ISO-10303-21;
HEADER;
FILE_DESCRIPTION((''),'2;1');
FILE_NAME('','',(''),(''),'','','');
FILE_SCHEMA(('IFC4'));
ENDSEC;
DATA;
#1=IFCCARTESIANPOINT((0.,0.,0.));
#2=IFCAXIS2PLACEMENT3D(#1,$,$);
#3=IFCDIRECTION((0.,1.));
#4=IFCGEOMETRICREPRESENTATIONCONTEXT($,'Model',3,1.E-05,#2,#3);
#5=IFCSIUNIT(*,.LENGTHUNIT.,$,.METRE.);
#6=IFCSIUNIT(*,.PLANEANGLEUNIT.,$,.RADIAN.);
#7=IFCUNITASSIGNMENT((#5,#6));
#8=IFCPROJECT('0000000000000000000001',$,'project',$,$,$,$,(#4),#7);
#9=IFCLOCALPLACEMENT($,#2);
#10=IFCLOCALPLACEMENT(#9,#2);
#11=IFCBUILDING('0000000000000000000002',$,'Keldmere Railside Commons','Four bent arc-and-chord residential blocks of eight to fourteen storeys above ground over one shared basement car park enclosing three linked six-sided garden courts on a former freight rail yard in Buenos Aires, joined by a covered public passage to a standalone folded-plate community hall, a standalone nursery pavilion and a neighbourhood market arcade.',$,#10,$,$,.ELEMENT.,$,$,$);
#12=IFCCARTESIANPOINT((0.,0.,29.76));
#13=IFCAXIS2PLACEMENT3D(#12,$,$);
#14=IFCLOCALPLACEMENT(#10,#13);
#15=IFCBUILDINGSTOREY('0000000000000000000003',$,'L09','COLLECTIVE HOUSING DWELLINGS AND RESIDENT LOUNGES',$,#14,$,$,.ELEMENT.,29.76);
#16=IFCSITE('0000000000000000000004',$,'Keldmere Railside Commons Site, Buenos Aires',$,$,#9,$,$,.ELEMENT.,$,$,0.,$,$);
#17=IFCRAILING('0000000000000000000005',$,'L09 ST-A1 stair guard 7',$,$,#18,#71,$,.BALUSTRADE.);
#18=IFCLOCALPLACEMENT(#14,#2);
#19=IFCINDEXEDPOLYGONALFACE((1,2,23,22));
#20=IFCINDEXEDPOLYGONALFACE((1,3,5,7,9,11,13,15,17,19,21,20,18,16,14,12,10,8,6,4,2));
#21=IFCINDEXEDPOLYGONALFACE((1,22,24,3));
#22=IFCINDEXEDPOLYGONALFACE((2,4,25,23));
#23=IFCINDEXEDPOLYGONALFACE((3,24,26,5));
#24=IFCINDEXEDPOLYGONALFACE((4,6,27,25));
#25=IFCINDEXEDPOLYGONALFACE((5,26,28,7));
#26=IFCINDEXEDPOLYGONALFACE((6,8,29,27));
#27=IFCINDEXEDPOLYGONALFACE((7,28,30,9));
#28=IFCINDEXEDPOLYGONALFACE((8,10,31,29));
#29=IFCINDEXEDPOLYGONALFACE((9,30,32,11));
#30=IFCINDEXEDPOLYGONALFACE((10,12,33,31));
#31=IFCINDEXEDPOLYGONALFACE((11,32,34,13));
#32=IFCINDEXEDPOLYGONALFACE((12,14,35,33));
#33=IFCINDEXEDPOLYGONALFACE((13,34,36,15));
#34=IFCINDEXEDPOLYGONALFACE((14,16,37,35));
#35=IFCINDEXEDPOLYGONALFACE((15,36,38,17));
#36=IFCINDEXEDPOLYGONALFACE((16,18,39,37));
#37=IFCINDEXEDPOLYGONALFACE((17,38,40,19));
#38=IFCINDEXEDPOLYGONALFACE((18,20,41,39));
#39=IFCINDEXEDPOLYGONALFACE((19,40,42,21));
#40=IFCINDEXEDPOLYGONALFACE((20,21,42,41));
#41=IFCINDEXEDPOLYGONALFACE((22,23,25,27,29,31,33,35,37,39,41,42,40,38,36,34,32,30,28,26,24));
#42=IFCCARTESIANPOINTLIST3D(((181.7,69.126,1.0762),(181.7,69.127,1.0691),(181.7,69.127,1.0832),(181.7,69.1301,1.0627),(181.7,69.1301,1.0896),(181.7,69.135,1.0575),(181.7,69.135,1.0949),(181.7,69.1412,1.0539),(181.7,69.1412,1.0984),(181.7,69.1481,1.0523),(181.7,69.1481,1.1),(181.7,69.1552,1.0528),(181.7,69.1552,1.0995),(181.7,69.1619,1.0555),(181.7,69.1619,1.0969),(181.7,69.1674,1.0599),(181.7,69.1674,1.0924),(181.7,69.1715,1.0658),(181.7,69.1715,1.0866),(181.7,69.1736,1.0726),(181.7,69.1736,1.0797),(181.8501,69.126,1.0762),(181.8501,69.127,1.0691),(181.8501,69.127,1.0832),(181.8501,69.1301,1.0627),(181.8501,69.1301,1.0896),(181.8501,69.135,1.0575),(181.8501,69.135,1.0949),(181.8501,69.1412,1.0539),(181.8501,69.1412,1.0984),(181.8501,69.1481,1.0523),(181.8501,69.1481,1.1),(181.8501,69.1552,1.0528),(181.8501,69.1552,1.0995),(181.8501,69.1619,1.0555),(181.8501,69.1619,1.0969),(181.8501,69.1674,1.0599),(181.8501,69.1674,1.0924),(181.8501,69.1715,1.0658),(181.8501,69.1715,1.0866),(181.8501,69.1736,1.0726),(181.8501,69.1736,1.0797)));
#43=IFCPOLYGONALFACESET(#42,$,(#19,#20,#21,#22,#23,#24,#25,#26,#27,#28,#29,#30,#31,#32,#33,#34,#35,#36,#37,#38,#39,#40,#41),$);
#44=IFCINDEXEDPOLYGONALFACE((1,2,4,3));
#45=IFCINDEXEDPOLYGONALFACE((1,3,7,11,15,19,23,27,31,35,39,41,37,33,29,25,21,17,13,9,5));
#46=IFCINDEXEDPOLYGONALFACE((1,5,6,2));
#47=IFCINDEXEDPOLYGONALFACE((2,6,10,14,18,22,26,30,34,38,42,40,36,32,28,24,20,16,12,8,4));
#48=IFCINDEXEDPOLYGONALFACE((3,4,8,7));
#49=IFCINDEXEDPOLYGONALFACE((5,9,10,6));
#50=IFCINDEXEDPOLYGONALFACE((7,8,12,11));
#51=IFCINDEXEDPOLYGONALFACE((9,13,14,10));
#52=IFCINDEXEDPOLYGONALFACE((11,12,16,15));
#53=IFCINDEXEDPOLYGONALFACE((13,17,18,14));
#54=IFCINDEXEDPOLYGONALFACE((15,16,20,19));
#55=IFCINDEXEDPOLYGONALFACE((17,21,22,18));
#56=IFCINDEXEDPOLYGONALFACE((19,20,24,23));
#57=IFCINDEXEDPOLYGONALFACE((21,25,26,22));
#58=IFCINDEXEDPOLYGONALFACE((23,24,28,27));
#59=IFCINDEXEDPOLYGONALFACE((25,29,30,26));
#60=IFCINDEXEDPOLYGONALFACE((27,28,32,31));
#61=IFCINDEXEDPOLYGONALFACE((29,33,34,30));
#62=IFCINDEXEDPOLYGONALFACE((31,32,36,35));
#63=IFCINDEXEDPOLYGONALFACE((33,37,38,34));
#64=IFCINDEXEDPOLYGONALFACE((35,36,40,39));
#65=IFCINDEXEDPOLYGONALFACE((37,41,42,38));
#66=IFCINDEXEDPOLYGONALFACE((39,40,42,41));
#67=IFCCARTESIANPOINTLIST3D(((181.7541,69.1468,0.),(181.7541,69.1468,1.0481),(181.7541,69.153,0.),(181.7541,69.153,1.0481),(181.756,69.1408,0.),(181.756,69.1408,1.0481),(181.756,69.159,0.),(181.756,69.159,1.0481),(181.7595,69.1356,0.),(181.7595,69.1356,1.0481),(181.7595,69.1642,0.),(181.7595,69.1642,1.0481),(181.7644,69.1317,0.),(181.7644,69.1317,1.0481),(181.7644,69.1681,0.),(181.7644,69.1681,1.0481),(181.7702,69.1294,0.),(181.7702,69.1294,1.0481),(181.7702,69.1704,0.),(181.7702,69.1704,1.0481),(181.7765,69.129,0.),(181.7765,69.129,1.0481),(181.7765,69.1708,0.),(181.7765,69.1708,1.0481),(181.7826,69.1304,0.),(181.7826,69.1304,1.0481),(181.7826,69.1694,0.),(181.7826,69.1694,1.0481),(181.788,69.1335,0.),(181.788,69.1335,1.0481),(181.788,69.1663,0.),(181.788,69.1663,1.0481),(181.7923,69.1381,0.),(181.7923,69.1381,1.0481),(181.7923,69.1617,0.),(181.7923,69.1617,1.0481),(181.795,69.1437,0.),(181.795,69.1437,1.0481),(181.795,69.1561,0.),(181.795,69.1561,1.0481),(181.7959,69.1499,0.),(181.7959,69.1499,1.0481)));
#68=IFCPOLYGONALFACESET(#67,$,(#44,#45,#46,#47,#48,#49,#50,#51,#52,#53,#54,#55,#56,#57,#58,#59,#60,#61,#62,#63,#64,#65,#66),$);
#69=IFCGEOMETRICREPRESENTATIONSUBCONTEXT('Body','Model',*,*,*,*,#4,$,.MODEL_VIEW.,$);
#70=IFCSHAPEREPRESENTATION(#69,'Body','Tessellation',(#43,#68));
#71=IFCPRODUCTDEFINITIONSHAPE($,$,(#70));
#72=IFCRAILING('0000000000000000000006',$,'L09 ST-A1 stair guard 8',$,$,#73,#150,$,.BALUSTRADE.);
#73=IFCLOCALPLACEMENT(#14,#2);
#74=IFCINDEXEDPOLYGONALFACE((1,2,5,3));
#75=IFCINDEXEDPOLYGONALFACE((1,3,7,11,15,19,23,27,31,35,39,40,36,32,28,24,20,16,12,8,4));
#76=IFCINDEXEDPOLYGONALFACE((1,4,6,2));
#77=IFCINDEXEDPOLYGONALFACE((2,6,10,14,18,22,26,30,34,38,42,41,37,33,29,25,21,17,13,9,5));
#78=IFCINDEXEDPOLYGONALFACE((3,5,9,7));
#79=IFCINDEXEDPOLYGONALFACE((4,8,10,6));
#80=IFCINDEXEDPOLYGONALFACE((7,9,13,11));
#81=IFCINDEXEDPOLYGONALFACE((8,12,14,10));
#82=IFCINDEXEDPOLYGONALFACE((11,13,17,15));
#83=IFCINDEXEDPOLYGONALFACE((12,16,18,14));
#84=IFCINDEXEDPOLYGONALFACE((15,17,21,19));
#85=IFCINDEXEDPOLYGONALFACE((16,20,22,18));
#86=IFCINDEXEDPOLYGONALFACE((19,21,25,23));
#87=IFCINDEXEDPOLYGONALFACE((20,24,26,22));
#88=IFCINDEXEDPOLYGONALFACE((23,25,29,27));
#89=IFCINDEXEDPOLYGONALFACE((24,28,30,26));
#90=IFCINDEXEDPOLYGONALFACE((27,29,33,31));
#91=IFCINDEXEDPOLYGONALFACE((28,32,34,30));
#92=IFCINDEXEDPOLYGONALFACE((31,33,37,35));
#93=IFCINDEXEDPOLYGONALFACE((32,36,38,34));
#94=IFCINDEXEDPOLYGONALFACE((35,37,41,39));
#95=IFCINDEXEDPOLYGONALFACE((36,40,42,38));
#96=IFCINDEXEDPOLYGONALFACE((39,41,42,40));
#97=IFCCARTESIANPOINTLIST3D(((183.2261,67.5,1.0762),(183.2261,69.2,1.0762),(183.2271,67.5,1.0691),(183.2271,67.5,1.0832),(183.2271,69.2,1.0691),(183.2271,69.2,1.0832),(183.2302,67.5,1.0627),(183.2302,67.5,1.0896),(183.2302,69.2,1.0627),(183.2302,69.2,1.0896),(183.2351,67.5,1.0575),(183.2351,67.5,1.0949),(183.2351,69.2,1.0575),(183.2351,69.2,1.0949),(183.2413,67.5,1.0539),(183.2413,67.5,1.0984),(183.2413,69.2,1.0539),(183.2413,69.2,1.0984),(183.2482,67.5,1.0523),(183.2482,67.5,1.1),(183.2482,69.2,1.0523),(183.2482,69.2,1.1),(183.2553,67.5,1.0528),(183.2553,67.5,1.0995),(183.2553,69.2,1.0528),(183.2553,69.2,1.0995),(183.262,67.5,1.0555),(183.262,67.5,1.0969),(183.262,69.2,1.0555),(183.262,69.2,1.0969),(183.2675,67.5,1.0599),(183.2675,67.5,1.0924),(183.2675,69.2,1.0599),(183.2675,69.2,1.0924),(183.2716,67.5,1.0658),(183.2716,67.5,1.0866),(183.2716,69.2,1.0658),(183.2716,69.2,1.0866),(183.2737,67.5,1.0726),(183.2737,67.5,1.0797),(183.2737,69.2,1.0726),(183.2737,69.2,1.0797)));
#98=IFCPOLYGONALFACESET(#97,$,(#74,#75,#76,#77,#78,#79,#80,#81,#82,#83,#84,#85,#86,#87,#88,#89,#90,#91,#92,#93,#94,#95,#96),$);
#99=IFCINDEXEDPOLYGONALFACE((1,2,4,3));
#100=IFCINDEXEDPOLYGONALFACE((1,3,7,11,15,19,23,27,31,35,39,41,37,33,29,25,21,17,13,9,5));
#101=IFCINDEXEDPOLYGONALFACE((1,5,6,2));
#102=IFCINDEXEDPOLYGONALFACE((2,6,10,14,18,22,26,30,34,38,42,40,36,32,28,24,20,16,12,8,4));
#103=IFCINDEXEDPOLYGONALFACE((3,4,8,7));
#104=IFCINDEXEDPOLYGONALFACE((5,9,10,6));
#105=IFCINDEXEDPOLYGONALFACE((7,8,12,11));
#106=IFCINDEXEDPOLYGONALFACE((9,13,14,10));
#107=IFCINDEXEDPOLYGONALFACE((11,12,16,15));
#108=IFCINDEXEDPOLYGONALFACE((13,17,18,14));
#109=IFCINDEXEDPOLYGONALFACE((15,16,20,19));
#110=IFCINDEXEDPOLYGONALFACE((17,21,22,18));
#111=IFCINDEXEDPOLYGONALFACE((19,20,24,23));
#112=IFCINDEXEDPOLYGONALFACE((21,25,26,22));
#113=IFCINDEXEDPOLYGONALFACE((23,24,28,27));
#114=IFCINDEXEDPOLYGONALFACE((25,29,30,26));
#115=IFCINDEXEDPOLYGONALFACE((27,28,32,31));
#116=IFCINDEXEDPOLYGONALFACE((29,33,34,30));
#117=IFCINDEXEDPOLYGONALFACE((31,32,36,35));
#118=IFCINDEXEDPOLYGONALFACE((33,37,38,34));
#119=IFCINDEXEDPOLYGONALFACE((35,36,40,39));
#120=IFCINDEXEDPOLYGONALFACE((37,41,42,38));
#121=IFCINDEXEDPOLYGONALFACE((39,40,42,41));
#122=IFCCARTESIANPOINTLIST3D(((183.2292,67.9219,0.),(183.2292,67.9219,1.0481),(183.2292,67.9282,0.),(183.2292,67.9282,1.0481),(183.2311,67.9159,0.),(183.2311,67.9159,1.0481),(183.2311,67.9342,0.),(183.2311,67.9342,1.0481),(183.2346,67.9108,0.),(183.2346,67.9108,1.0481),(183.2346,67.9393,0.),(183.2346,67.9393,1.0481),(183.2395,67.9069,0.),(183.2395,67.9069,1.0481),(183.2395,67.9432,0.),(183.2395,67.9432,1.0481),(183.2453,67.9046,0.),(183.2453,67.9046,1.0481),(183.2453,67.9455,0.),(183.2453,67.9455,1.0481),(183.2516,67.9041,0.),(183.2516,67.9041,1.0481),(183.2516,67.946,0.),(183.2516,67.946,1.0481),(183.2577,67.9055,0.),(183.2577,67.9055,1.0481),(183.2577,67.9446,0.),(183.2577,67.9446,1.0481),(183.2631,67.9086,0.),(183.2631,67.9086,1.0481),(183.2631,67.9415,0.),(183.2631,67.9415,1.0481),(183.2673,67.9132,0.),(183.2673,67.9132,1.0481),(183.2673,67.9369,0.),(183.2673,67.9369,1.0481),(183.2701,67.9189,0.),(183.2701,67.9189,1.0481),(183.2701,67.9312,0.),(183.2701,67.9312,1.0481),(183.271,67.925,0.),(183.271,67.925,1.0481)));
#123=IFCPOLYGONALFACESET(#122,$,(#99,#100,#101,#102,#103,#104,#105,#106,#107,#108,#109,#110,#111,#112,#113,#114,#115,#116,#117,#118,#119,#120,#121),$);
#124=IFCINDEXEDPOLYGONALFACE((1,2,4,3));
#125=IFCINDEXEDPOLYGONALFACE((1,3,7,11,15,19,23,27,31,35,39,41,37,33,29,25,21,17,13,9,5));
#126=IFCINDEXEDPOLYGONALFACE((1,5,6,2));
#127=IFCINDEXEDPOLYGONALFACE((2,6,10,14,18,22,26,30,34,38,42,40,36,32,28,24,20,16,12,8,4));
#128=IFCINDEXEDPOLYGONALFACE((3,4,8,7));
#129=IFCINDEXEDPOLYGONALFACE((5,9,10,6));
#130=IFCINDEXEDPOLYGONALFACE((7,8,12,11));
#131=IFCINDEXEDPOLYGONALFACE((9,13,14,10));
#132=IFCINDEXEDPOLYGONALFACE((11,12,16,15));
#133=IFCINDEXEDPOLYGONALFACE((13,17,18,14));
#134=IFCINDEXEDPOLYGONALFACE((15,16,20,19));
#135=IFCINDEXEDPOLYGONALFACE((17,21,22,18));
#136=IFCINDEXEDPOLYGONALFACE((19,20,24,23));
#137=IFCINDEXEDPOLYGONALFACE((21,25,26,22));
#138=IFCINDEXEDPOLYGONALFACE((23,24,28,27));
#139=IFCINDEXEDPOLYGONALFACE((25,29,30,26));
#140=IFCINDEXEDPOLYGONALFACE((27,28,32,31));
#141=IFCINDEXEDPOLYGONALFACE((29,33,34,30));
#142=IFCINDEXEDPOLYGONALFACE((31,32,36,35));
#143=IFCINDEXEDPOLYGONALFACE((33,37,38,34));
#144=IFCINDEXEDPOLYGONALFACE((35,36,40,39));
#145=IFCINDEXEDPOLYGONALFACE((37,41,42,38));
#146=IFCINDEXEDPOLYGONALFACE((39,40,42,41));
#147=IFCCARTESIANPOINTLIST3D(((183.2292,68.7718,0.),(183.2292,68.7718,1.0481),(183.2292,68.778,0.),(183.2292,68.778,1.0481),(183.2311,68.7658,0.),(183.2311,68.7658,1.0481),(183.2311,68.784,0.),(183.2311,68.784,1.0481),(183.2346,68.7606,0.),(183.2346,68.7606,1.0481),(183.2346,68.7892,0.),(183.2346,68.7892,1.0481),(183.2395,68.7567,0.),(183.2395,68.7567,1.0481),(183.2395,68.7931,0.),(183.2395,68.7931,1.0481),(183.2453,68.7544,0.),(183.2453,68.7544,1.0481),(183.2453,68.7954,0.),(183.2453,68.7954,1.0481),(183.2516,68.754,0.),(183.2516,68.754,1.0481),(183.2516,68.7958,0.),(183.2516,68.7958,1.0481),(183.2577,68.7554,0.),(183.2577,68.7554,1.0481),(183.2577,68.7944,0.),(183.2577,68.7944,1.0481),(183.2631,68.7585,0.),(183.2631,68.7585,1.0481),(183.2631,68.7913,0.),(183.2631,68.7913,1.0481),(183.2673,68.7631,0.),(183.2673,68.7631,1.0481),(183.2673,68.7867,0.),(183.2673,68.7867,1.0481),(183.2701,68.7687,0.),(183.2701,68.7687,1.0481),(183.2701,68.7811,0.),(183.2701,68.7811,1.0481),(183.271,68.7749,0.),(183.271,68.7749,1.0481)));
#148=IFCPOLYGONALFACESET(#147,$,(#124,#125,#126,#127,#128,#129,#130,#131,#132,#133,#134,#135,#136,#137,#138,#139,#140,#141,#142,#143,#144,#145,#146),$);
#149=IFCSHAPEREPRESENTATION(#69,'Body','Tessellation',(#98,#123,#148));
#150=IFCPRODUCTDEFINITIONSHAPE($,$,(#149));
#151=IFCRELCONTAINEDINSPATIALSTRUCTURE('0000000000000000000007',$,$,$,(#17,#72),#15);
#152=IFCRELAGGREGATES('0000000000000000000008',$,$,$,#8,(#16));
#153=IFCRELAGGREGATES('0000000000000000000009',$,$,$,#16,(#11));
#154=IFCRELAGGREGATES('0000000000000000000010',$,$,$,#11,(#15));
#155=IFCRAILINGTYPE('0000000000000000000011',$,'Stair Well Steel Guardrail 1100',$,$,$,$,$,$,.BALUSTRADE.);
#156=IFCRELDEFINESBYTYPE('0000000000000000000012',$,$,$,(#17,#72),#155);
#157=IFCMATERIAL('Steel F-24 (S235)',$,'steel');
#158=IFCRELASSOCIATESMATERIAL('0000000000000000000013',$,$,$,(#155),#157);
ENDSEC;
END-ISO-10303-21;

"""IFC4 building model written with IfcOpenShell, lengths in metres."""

from ifc_helpers import new_model, si_unit, direction, frame, origin, origin_2d, place, context, subcontext, project, spatial, circle, extrude, material, type_object, element, save


model = new_model("IFC4")

# Units and contexts
model_context = context("Model", 3, precision=1e-05, world=origin(), true_north=direction((0.0, 1.0)))
body_context = subcontext(model_context, "Body", "Model", "MODEL_VIEW")
ifc_project = project(units=[si_unit("LENGTHUNIT", "METRE"), si_unit("PLANEANGLEUNIT", "RADIAN")], contexts=[model_context])

# Site, building, storey
site_placement = place(None, origin())
site = spatial("IfcSite", under=ifc_project, at=site_placement, Name="Keldmere Railside Commons Site, Buenos Aires", CompositionType="ELEMENT", RefElevation=0.0)
building_placement = place(site_placement, origin())
building = spatial("IfcBuilding", under=site, at=building_placement, Name="Keldmere Railside Commons", Description="Four bent arc-and-chord residential blocks of eight to fourteen storeys above ground over one shared basement car park enclosing three linked six-sided garden courts on a former freight rail yard in Buenos Aires, joined by a covered public passage to a standalone folded-plate community hall, a standalone nursery pavilion and a neighbourhood market arcade.", CompositionType="ELEMENT")
storey_placement = place(building_placement, frame((0.0, 0.0, 29.76)))
storey = spatial("IfcBuildingStorey", under=building, at=storey_placement, Name="L09", Description="COLLECTIVE HOUSING DWELLINGS AND RESIDENT LOUNGES", CompositionType="ELEMENT", Elevation=29.76)

# Shared definitions
ifc_material_1 = material(Name="Steel F-24 (S235)", Category="steel")

# Railings
railing_type_1 = type_object("IfcRailingType", Name="Stair Well Steel Guardrail 1100", PredefinedType="BALUSTRADE", material=ifc_material_1)
railing_1_placement = place(storey_placement, frame((181.8501, 69.1499, 0.0)))
element("IfcRailing", 1, at=railing_1_placement, inside=storey, type_object=railing_type_1, Name="L09 ST-A1 stair guard 7", PredefinedType="BALUSTRADE", context=body_context, shape_type="SweptSolid", body=[
    extrude(circle(Radius=0.0239, at=origin_2d()), frame((0.0, 0.0, 1.0762), z_axis=(-1.0, 0.0, 0.0), x_axis=(0.0, -1.0, 0.0)), (0.0, 0.0, 1.0), 0.1501),
    extrude(circle(Radius=0.021, at=origin_2d()), frame((-0.0752, 0.0, 0.0)), (0.0, 0.0, 1.0), 1.0481),
])
for number, where, name in (
    (2, (183.25, 67.5, 0.0), "L09 ST-A1 stair guard 8"),
):
    element("IfcRailing", number, at=place(storey_placement, frame(where)), inside=storey, type_object=railing_type_1, Name=name, PredefinedType="BALUSTRADE", context=body_context, shape_type="SweptSolid", body=[
        extrude(circle(Radius=0.0239, at=origin_2d()), frame((0.0, 0.0, 1.0762), z_axis=(0.0, 1.0, 0.0), x_axis=(-1.0, 0.0, 0.0)), (0.0, 0.0, 1.0), 1.7),
        extrude(circle(Radius=0.021, at=origin_2d()), frame((0.0, 0.425, 0.0)), (0.0, 0.0, 1.0), 1.0481),
        extrude(circle(Radius=0.021, at=origin_2d()), frame((0.0, 1.2749, 0.0)), (0.0, 0.0, 1.0), 1.0481),
    ])

save(model, "model.ifc")
